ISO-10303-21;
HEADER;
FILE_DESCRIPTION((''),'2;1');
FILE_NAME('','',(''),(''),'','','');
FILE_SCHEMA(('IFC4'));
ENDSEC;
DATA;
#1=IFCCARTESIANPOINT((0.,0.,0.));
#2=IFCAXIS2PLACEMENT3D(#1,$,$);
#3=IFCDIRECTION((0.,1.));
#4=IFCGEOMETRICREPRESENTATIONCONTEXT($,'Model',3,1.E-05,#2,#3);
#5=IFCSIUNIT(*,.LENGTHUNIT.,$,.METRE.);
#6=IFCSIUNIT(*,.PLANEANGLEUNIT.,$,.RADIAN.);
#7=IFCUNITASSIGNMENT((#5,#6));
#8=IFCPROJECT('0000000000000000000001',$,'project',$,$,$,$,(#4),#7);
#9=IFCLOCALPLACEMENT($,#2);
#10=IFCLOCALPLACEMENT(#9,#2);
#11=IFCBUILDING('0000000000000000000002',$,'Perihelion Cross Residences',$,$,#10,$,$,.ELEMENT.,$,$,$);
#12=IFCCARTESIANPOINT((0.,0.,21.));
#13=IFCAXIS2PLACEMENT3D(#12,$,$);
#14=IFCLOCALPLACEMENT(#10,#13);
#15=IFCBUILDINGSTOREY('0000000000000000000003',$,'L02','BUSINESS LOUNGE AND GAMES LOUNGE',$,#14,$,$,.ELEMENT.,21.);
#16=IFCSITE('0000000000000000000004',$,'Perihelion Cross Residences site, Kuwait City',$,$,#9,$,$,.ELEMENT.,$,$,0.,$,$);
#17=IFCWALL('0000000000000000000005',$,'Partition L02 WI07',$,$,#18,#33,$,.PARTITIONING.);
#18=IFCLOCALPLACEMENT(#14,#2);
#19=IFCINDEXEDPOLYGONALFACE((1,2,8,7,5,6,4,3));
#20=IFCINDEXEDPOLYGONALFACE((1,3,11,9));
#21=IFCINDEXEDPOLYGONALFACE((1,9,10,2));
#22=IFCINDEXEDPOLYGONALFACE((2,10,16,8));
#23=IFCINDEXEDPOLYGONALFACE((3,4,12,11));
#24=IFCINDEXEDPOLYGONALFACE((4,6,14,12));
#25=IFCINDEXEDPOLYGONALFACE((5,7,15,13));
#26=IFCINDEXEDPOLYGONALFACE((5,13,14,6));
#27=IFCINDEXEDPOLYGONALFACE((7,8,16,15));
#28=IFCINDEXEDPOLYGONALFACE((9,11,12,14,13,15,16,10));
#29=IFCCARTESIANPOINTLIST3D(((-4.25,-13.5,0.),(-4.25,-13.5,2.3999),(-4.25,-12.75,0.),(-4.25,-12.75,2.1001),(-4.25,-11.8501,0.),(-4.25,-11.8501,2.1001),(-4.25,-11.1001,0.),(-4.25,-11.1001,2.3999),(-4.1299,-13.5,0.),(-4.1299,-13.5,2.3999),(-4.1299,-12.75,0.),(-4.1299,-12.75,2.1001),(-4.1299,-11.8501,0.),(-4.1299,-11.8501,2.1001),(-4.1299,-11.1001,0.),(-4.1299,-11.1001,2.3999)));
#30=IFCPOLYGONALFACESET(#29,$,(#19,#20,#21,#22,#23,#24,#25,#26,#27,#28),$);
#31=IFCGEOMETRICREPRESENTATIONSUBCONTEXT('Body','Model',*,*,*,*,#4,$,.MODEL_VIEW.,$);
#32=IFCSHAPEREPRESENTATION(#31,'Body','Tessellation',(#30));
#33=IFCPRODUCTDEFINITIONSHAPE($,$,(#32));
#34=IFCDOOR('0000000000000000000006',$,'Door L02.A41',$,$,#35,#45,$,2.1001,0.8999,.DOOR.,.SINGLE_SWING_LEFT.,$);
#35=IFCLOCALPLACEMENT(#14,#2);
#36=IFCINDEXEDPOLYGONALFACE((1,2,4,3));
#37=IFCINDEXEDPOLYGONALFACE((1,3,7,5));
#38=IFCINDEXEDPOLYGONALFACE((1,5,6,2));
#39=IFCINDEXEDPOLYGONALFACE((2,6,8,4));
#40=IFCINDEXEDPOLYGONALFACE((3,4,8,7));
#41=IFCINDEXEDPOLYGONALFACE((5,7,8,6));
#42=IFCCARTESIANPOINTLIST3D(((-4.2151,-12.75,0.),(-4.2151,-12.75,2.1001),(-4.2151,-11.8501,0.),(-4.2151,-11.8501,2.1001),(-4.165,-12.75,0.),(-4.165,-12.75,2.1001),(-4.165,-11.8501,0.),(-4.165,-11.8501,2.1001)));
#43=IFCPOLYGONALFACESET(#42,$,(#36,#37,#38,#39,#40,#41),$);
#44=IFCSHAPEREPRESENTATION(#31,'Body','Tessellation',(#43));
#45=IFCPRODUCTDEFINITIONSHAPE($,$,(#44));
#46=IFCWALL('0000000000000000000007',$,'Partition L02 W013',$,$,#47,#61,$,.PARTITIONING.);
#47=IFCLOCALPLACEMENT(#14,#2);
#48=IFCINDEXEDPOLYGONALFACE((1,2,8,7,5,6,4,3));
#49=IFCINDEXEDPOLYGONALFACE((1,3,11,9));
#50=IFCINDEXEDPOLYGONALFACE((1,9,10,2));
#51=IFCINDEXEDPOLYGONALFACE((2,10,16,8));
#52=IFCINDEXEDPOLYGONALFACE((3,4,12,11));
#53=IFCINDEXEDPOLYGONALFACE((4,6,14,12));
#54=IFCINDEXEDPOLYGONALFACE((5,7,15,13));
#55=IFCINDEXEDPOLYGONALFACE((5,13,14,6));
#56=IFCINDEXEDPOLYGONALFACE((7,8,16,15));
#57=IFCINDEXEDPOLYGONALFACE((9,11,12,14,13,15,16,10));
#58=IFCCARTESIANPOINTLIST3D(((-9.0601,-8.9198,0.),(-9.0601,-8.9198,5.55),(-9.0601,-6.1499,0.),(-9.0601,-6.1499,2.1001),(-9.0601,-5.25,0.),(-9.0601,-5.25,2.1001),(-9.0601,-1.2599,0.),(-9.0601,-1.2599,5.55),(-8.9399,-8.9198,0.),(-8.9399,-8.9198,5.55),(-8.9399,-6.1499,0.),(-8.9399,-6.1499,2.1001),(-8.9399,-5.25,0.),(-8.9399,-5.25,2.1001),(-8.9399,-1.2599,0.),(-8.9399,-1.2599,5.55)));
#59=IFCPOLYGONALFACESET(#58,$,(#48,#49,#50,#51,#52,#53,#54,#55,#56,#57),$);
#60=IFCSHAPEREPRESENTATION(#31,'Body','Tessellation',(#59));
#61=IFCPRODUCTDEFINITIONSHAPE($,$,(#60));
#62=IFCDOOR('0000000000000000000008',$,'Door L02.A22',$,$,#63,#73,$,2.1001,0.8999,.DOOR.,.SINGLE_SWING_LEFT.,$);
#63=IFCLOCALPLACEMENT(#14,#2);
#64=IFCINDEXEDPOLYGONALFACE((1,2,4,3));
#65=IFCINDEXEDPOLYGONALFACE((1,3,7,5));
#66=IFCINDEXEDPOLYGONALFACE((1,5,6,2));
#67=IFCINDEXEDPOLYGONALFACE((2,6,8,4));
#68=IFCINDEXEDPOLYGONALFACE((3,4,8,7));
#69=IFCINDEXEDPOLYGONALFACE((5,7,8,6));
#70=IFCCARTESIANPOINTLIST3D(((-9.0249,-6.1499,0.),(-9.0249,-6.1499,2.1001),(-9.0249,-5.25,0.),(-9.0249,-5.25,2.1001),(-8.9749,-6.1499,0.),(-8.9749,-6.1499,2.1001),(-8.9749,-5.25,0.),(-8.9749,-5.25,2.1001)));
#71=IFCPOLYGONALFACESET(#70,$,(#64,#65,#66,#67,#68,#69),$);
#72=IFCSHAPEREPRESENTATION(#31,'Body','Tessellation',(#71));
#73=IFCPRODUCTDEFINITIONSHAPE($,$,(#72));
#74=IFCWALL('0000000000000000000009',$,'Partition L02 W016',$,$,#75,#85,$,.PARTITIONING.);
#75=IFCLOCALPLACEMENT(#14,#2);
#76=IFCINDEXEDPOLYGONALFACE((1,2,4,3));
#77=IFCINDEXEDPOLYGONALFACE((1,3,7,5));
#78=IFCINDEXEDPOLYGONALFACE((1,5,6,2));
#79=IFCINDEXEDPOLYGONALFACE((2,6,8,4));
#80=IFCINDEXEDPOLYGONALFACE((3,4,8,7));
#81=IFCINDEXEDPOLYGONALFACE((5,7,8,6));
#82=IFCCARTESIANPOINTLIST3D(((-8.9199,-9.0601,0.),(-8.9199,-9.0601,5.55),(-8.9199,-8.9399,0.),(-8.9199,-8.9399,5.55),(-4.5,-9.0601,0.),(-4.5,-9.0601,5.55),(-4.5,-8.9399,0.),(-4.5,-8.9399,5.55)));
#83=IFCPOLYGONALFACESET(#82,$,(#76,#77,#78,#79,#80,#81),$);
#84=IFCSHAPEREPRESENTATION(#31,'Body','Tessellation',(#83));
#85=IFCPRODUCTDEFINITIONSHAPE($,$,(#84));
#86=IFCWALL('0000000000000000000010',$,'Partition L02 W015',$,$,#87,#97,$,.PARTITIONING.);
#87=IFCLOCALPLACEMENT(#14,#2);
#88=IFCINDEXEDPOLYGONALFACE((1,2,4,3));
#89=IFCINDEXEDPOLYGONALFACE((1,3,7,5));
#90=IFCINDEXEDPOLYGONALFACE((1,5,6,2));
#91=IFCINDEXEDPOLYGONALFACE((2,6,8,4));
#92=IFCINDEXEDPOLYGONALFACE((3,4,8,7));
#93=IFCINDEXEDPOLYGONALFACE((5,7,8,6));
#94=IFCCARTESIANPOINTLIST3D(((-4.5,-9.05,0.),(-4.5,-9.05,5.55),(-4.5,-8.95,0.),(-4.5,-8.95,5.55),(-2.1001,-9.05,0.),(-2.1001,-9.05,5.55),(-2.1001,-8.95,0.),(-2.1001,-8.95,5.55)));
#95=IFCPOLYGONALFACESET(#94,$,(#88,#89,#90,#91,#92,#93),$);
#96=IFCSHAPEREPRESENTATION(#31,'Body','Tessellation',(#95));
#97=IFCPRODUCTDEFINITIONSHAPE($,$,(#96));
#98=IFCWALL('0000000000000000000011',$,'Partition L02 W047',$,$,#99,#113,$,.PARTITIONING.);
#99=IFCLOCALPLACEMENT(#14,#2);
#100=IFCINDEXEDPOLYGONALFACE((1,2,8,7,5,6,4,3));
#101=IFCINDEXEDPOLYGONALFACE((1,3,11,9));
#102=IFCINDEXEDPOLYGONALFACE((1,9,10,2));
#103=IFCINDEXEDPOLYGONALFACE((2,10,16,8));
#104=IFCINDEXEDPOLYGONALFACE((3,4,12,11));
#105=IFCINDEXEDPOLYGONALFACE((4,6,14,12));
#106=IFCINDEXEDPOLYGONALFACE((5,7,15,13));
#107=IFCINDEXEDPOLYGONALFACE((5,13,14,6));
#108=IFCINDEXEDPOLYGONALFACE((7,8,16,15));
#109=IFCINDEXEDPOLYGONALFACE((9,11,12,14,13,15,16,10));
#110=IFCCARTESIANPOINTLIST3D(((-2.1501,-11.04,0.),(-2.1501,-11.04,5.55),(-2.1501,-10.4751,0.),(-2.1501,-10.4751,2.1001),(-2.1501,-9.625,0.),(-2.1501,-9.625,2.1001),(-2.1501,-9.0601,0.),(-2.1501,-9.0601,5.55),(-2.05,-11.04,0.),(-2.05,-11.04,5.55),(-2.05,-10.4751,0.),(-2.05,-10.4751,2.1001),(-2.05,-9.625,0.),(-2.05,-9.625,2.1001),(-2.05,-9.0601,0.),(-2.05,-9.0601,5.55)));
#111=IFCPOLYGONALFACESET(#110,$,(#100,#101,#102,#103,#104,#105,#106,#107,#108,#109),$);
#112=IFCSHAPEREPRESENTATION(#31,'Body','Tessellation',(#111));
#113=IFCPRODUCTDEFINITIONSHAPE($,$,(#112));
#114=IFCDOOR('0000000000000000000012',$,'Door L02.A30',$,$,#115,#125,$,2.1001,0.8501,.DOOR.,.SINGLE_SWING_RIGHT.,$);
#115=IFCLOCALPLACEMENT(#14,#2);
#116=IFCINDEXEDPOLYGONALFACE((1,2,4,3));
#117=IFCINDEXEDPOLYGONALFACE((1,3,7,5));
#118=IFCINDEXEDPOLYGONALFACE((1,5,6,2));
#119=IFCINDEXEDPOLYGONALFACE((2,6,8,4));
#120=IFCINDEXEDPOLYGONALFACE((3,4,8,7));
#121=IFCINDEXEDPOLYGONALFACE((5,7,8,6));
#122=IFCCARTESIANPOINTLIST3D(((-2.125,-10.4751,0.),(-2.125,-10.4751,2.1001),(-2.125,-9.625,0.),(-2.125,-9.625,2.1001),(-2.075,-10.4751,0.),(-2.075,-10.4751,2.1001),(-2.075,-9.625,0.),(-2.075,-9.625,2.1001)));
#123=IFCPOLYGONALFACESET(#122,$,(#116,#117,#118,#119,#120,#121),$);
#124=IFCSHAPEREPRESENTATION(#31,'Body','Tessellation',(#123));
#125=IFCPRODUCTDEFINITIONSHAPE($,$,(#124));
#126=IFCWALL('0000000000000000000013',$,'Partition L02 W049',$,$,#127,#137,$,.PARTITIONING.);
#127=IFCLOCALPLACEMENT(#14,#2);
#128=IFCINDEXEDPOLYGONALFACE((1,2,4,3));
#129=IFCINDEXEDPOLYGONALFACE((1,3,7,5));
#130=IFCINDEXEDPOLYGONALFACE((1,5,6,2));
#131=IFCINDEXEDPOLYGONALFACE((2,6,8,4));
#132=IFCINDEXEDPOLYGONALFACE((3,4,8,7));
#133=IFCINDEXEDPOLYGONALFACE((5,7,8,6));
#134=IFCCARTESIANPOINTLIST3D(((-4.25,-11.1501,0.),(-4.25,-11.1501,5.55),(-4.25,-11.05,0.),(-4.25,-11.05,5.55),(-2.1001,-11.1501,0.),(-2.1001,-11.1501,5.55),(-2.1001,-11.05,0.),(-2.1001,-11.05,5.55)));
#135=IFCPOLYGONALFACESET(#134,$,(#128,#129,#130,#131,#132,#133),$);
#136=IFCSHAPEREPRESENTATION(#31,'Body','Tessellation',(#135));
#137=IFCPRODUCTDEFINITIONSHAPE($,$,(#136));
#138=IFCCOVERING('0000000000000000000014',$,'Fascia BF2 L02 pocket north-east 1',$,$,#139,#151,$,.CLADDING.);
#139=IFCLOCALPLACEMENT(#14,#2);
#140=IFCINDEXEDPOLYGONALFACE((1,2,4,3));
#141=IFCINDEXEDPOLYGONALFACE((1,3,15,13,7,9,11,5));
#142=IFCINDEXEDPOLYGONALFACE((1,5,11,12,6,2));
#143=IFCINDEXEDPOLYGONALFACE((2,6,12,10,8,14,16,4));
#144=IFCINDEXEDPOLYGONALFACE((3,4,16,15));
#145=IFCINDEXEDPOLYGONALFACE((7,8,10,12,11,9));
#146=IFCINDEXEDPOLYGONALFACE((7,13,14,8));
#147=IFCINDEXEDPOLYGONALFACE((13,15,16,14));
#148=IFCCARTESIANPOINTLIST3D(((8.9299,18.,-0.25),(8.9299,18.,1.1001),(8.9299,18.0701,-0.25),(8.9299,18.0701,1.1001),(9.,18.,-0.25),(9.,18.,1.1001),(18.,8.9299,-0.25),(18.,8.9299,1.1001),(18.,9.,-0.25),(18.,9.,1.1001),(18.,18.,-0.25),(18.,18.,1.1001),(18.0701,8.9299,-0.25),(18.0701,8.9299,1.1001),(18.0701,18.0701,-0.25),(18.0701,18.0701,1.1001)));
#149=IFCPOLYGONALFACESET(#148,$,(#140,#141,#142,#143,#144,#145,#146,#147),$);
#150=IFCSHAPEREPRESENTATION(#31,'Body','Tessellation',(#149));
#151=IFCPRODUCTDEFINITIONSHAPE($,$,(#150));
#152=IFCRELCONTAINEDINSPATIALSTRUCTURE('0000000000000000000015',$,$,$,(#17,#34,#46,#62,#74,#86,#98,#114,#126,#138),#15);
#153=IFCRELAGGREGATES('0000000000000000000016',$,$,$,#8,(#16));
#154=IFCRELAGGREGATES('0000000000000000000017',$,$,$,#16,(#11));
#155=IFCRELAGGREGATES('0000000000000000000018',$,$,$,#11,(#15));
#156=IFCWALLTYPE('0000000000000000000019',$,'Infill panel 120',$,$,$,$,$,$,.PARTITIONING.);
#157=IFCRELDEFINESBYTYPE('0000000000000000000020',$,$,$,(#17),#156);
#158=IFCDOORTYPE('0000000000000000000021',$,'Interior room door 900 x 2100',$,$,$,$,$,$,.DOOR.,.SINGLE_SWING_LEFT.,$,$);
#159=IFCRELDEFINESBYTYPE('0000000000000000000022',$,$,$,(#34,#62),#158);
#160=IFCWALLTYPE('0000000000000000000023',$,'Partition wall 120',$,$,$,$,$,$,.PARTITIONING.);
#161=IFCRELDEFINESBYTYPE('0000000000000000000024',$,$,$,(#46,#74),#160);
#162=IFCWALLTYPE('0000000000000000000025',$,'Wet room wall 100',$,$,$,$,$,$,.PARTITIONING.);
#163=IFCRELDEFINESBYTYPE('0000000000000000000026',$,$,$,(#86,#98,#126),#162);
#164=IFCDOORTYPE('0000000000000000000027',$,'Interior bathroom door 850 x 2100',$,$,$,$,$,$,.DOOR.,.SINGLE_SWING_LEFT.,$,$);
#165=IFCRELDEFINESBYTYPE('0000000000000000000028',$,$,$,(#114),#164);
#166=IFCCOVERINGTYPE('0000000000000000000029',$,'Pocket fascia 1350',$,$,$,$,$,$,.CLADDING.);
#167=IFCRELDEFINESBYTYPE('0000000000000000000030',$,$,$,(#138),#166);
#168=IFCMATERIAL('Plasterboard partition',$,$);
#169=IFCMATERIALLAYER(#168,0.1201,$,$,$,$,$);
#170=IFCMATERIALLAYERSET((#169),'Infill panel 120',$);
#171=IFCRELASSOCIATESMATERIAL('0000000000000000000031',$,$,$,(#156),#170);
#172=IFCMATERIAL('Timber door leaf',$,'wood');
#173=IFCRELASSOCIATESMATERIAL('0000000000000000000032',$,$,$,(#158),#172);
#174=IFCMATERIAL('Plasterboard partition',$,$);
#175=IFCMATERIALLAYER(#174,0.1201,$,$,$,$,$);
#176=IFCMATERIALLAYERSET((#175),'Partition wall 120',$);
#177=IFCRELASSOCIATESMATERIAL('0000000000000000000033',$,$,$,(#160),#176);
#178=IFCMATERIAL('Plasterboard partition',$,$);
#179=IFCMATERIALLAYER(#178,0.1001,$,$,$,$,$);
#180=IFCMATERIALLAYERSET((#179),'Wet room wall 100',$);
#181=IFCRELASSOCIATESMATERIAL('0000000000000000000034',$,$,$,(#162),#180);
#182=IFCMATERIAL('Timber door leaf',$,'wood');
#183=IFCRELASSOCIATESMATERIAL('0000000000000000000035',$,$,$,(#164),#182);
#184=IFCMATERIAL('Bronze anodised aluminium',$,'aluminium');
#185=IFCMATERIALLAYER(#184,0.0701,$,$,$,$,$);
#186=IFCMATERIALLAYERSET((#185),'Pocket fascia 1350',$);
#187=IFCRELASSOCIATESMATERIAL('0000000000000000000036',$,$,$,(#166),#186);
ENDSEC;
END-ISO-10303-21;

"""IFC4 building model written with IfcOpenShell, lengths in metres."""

from ifc_helpers import new_model, si_unit, direction, frame, frame_2d, origin, place, context, subcontext, project, spatial, polyline, rectangle, outline, extrude, material, layer, layer_set, type_object, element, fill, save


model = new_model("IFC4")

# Units and contexts
model_context = context("Model", 3, precision=1e-05, world=origin(), true_north=direction((0.0, 1.0)))
body_context = subcontext(model_context, "Body", "Model", "MODEL_VIEW")
ifc_project = project(units=[si_unit("LENGTHUNIT", "METRE"), si_unit("PLANEANGLEUNIT", "RADIAN")], contexts=[model_context])

# Site, building, storey
site_placement = place(None, origin())
site = spatial("IfcSite", under=ifc_project, at=site_placement, Name="Perihelion Cross Residences site, Kuwait City", CompositionType="ELEMENT", RefElevation=0.0)
building_placement = place(site_placement, origin())
building = spatial("IfcBuilding", under=site, at=building_placement, Name="Perihelion Cross Residences", CompositionType="ELEMENT")
storey_placement = place(building_placement, frame((0.0, 0.0, 21.0)))
storey = spatial("IfcBuildingStorey", under=building, at=storey_placement, Name="L02", Description="BUSINESS LOUNGE AND GAMES LOUNGE", CompositionType="ELEMENT", Elevation=21.0)

# Walls, openings, doors
ifc_material_1 = material(Name="Plasterboard partition")
ifc_layer_1 = layer(ifc_material_1, 0.1201)
ifc_layer_set_1 = layer_set([ifc_layer_1], Name="Infill panel 120")
wall_type_1 = type_object("IfcWallType", Name="Infill panel 120", PredefinedType="PARTITIONING", material=ifc_layer_set_1)
wall_1_placement = place(storey_placement, frame((-4.1899, -11.1001, 0.0), z_axis=(0.0, 0.0, 1.0), x_axis=(0.0, -1.0, 0.0)))
wall_1 = element("IfcWall", 1, at=wall_1_placement, inside=storey, type_object=wall_type_1, Name="Partition L02 WI07", PredefinedType="PARTITIONING", context=body_context, shape_type="SweptSolid", body=[
    extrude(rectangle(XDim=2.3999, YDim=0.1201, at=frame_2d((1.2, 0.0))), origin(), (0.0, 0.0, 1.0), 2.3999),
])
opening_1_placement = place(wall_1_placement, frame((0.75, 0.0, 0.0)))
opening_1 = element("IfcOpeningElement", 2, at=opening_1_placement, cuts=wall_1, PredefinedType="OPENING", context=body_context, shape_type="SweptSolid", body=[
    extrude(rectangle(XDim=0.8999, YDim=2.1001, at=frame_2d((0.45, 1.05))), frame((0.0, 0.0701, 0.0), z_axis=(0.0, -1.0, 0.0), x_axis=(1.0, 0.0, 0.0)), (0.0, 0.0, 1.0), 0.1401),
])
ifc_material_2 = material(Name="Timber door leaf", Category="wood")
door_type_1 = type_object("IfcDoorType", Name="Interior room door 900 x 2100", OperationType="SINGLE_SWING_LEFT", PredefinedType="DOOR", material=ifc_material_2)
door_1_placement = place(opening_1_placement, origin())
door_1 = element("IfcDoor", 3, at=door_1_placement, inside=storey, type_object=door_type_1, Name="Door L02.A41", OperationType="SINGLE_SWING_LEFT", OverallHeight=2.1001, OverallWidth=0.8999, PredefinedType="DOOR", context=body_context, shape_type="SweptSolid", body=[
    extrude(rectangle(XDim=0.8999, YDim=2.1001, at=frame_2d((0.45, 1.05))), frame((0.0, 0.0249, 0.0), z_axis=(0.0, -1.0, 0.0), x_axis=(1.0, 0.0, 0.0)), (0.0, 0.0, 1.0), 0.05),
])
fill(opening_1, door_1)
ifc_material_3 = material(Name="Plasterboard partition")
ifc_layer_2 = layer(ifc_material_3, 0.1201)
ifc_layer_set_2 = layer_set([ifc_layer_2], Name="Partition wall 120")
wall_type_2 = type_object("IfcWallType", Name="Partition wall 120", PredefinedType="PARTITIONING", material=ifc_layer_set_2)
wall_2_placement = place(storey_placement, frame((-9.0, -8.9199, 0.0), z_axis=(0.0, 0.0, 1.0), x_axis=(0.0, 1.0, 0.0)))
wall_2 = element("IfcWall", 4, at=wall_2_placement, inside=storey, type_object=wall_type_2, Name="Partition L02 W013", PredefinedType="PARTITIONING", context=body_context, shape_type="SweptSolid", body=[
    extrude(rectangle(XDim=7.6599, YDim=0.1201, at=frame_2d((3.8301, 0.0))), origin(), (0.0, 0.0, 1.0), 5.55),
])
opening_2_placement = place(wall_2_placement, frame((2.77, 0.0, 0.0)))
opening_2 = element("IfcOpeningElement", 5, at=opening_2_placement, cuts=wall_2, PredefinedType="OPENING", context=body_context, shape_type="SweptSolid", body=[
    extrude(rectangle(XDim=0.8999, YDim=2.1001, at=frame_2d((0.45, 1.05))), frame((0.0, 0.0701, 0.0), z_axis=(0.0, -1.0, 0.0), x_axis=(1.0, 0.0, 0.0)), (0.0, 0.0, 1.0), 0.1401),
])
door_2_placement = place(opening_2_placement, origin())
door_2 = element("IfcDoor", 6, at=door_2_placement, inside=storey, type_object=door_type_1, Name="Door L02.A22", OperationType="SINGLE_SWING_LEFT", OverallHeight=2.1001, OverallWidth=0.8999, PredefinedType="DOOR", context=body_context, shape_type="SweptSolid", body=[
    extrude(rectangle(XDim=0.8999, YDim=2.1001, at=frame_2d((0.45, 1.05))), frame((0.0, 0.0249, 0.0), z_axis=(0.0, -1.0, 0.0), x_axis=(1.0, 0.0, 0.0)), (0.0, 0.0, 1.0), 0.05),
])
fill(opening_2, door_2)

# Walls
wall_3_placement = place(storey_placement, frame((-4.5, -9.0, 0.0), z_axis=(0.0, 0.0, 1.0), x_axis=(-1.0, 0.0, 0.0)))
element("IfcWall", 7, at=wall_3_placement, inside=storey, type_object=wall_type_2, Name="Partition L02 W016", PredefinedType="PARTITIONING", context=body_context, shape_type="SweptSolid", body=[
    extrude(rectangle(XDim=4.4199, YDim=0.1201, at=frame_2d((2.21, 0.0))), origin(), (0.0, 0.0, 1.0), 5.55),
])
ifc_material_4 = material(Name="Plasterboard partition")
ifc_layer_3 = layer(ifc_material_4, 0.1001)
ifc_layer_set_3 = layer_set([ifc_layer_3], Name="Wet room wall 100")
wall_type_3 = type_object("IfcWallType", Name="Wet room wall 100", PredefinedType="PARTITIONING", material=ifc_layer_set_3)
wall_4_placement = place(storey_placement, frame((-2.1001, -9.0, 0.0), z_axis=(0.0, 0.0, 1.0), x_axis=(-1.0, 0.0, 0.0)))
element("IfcWall", 8, at=wall_4_placement, inside=storey, type_object=wall_type_3, Name="Partition L02 W015", PredefinedType="PARTITIONING", context=body_context, shape_type="SweptSolid", body=[
    extrude(rectangle(XDim=2.3999, YDim=0.1001, at=frame_2d((1.2, 0.0))), origin(), (0.0, 0.0, 1.0), 5.55),
])

# Wall, opening, door
wall_5_placement = place(storey_placement, frame((-2.1001, -11.04, 0.0), z_axis=(0.0, 0.0, 1.0), x_axis=(0.0, 1.0, 0.0)))
wall_5 = element("IfcWall", 9, at=wall_5_placement, inside=storey, type_object=wall_type_3, Name="Partition L02 W047", PredefinedType="PARTITIONING", context=body_context, shape_type="SweptSolid", body=[
    extrude(rectangle(XDim=1.98, YDim=0.1001, at=frame_2d((0.99, 0.0))), origin(), (0.0, 0.0, 1.0), 5.55),
])
opening_3_placement = place(wall_5_placement, frame((0.5649, 0.0, 0.0)))
opening_3 = element("IfcOpeningElement", 10, at=opening_3_placement, cuts=wall_5, PredefinedType="OPENING", context=body_context, shape_type="SweptSolid", body=[
    extrude(rectangle(XDim=0.8501, YDim=2.1001, at=frame_2d((0.425, 1.05))), frame((0.0, 0.0601, 0.0), z_axis=(0.0, -1.0, 0.0), x_axis=(1.0, 0.0, 0.0)), (0.0, 0.0, 1.0), 0.1201),
])
ifc_material_5 = material(Name="Timber door leaf", Category="wood")
door_type_2 = type_object("IfcDoorType", Name="Interior bathroom door 850 x 2100", OperationType="SINGLE_SWING_LEFT", PredefinedType="DOOR", material=ifc_material_5)
door_3_placement = place(opening_3_placement, origin())
door_3 = element("IfcDoor", 11, at=door_3_placement, inside=storey, type_object=door_type_2, Name="Door L02.A30", OperationType="SINGLE_SWING_RIGHT", OverallHeight=2.1001, OverallWidth=0.8501, PredefinedType="DOOR", context=body_context, shape_type="SweptSolid", body=[
    extrude(rectangle(XDim=0.8501, YDim=2.1001, at=frame_2d((0.425, 1.05))), frame((0.0, 0.0249, 0.0), z_axis=(0.0, -1.0, 0.0), x_axis=(1.0, 0.0, 0.0)), (0.0, 0.0, 1.0), 0.05),
])
fill(opening_3, door_3)

# Wall
wall_6_placement = place(storey_placement, frame((-2.1001, -11.1001, 0.0), z_axis=(0.0, 0.0, 1.0), x_axis=(-1.0, 0.0, 0.0)))
element("IfcWall", 12, at=wall_6_placement, inside=storey, type_object=wall_type_3, Name="Partition L02 W049", PredefinedType="PARTITIONING", context=body_context, shape_type="SweptSolid", body=[
    extrude(rectangle(XDim=2.1499, YDim=0.1001, at=frame_2d((1.075, 0.0))), origin(), (0.0, 0.0, 1.0), 5.55),
])

# Covering
ifc_material_6 = material(Name="Bronze anodised aluminium", Category="aluminium")
ifc_layer_4 = layer(ifc_material_6, 0.0701)
ifc_layer_set_4 = layer_set([ifc_layer_4], Name="Pocket fascia 1350")
covering_type = type_object("IfcCoveringType", Name="Pocket fascia 1350", PredefinedType="CLADDING", material=ifc_layer_set_4)
covering_placement = place(storey_placement, frame((0.0, 0.0, -0.25)))
element("IfcCovering", 13, at=covering_placement, inside=storey, type_object=covering_type, Name="Fascia BF2 L02 pocket north-east 1", PredefinedType="CLADDING", context=body_context, shape_type="SweptSolid", body=[
    extrude(outline(polyline([(8.9299, 18.0), (9.0, 18.0), (9.0, 18.0), (18.0, 18.0), (18.0, 9.0), (18.0, 9.0), (18.0, 8.9299), (18.0701, 8.9299), (18.0701, 18.0701), (8.9299, 18.0701), (8.9299, 18.0)])), origin(), (0.0, 0.0, 1.0), 1.3501),
])

save(model, "model.ifc")
